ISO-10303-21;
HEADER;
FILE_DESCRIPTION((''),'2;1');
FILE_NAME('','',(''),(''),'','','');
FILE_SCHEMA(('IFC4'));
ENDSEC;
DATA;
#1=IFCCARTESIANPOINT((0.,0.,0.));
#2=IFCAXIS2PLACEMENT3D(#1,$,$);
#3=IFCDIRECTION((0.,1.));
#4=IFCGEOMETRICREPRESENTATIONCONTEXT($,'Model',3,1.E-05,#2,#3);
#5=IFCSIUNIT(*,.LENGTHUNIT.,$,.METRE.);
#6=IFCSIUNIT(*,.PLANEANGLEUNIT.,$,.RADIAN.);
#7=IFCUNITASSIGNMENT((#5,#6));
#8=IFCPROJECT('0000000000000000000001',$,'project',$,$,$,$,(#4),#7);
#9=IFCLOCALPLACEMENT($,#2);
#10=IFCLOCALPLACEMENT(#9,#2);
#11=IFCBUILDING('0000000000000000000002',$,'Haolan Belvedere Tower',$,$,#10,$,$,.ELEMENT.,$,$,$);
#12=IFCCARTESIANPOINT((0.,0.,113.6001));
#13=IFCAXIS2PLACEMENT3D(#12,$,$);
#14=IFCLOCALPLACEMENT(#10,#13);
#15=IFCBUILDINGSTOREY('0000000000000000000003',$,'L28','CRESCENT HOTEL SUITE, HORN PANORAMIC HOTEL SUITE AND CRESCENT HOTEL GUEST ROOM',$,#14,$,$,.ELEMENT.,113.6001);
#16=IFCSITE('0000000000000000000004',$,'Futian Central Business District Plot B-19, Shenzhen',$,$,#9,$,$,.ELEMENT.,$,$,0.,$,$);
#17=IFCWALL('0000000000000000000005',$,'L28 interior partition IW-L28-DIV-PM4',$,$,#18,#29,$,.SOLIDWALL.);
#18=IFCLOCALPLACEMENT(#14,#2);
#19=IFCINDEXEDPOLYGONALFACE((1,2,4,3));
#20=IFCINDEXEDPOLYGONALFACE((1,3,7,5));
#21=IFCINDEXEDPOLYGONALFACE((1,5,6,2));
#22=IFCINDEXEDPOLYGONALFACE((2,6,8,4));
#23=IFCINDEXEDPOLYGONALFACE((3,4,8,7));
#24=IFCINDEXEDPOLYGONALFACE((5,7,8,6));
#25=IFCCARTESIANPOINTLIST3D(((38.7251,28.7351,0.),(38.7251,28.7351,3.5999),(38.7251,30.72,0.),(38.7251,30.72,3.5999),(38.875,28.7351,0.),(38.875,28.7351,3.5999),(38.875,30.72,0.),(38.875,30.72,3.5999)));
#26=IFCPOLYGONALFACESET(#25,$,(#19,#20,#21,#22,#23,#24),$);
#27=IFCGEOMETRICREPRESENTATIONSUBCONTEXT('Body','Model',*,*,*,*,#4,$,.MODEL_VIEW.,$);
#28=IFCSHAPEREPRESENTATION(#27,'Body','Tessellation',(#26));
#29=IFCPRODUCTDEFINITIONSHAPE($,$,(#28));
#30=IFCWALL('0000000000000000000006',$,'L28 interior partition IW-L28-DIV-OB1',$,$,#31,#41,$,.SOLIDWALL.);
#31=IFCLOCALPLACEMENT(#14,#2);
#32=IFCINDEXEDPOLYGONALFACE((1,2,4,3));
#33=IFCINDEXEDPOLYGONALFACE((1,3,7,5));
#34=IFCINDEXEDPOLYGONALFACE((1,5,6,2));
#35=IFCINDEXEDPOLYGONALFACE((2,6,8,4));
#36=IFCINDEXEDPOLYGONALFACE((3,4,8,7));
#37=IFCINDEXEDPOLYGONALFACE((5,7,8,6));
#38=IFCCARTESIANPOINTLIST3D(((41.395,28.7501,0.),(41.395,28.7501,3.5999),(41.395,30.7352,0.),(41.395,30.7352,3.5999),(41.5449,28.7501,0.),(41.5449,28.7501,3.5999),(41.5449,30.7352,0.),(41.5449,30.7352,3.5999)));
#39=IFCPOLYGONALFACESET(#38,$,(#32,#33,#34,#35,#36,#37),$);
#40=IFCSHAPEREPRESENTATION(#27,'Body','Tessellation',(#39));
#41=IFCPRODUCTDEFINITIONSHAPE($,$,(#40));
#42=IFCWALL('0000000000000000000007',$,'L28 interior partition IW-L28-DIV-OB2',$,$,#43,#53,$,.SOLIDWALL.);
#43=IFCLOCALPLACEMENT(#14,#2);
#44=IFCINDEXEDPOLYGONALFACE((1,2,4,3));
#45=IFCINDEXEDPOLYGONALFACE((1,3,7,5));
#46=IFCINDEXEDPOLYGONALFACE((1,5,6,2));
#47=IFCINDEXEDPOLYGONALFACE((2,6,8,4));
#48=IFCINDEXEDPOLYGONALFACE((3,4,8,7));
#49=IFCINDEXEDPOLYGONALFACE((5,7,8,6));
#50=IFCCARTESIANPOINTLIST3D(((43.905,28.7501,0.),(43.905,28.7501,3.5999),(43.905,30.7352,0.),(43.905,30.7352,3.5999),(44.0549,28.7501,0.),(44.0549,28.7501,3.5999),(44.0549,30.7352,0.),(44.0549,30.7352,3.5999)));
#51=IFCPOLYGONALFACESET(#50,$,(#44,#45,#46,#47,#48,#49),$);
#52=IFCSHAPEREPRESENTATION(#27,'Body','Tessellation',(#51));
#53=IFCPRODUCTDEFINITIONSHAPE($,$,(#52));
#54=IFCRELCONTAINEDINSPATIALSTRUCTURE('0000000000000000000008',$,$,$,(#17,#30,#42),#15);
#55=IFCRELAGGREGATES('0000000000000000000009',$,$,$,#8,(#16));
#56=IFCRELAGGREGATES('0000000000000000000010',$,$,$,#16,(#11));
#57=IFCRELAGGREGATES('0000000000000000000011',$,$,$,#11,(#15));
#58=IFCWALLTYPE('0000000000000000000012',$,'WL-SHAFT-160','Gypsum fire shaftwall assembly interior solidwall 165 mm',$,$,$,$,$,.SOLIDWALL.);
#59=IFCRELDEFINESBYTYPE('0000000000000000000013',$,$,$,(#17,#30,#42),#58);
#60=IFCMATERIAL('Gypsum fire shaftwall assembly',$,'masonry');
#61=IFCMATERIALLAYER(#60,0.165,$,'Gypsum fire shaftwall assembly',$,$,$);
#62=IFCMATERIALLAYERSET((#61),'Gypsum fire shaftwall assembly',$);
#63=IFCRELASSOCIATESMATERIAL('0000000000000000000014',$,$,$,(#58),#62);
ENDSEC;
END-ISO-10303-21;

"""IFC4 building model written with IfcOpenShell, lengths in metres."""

from ifc_helpers import new_model, si_unit, direction, frame, frame_2d, origin, place, context, subcontext, project, spatial, rectangle, extrude, material, layer, layer_set, type_object, element, save


model = new_model("IFC4")

# Units and contexts
model_context = context("Model", 3, precision=1e-05, world=origin(), true_north=direction((0.0, 1.0)))
body_context = subcontext(model_context, "Body", "Model", "MODEL_VIEW")
ifc_project = project(units=[si_unit("LENGTHUNIT", "METRE"), si_unit("PLANEANGLEUNIT", "RADIAN")], contexts=[model_context])

# Site, building, storey
site_placement = place(None, origin())
site = spatial("IfcSite", under=ifc_project, at=site_placement, Name="Futian Central Business District Plot B-19, Shenzhen", CompositionType="ELEMENT", RefElevation=0.0)
building_placement = place(site_placement, origin())
building = spatial("IfcBuilding", under=site, at=building_placement, Name="Haolan Belvedere Tower", CompositionType="ELEMENT")
storey_placement = place(building_placement, frame((0.0, 0.0, 113.6001)))
storey = spatial("IfcBuildingStorey", under=building, at=storey_placement, Name="L28", Description="CRESCENT HOTEL SUITE, HORN PANORAMIC HOTEL SUITE AND CRESCENT HOTEL GUEST ROOM", CompositionType="ELEMENT", Elevation=113.6001)

# Shared definitions
ifc_material_1 = material(Name="Gypsum fire shaftwall assembly", Category="masonry")
ifc_layer_1 = layer(ifc_material_1, 0.165, Name="Gypsum fire shaftwall assembly")
ifc_layer_set_1 = layer_set([ifc_layer_1], Name="Gypsum fire shaftwall assembly")
wall_type_1 = type_object("IfcWallType", Name="WL-SHAFT-160", Description="Gypsum fire shaftwall assembly interior solidwall 165 mm", PredefinedType="SOLIDWALL", material=ifc_layer_set_1)

# Walls
for number, where, z_axis, x_axis, name in (
    (1, (38.8, 28.7351, 0.0), (0.0, 0.0, 1.0), (0.0, 1.0, 0.0), "L28 interior partition IW-L28-DIV-PM4"),
):
    element("IfcWall", number, at=place(storey_placement, frame(where, z_axis=z_axis, x_axis=x_axis)), inside=storey, type_object=wall_type_1, Name=name, PredefinedType="SOLIDWALL", context=body_context, shape_type="SweptSolid", body=[
        extrude(rectangle(XDim=1.9849, YDim=0.1499, at=frame_2d((0.9924, 0.0))), origin(), (0.0, 0.0, 1.0), 3.5999),
    ])
for number, where, z_axis, x_axis, name in (
    (2, (41.47, 28.75, 0.0), (0.0, 0.0, 1.0), (0.0, 1.0, 0.0), "L28 interior partition IW-L28-DIV-OB1"),
    (3, (43.98, 28.75, 0.0), (0.0, 0.0, 1.0), (0.0, 1.0, 0.0), "L28 interior partition IW-L28-DIV-OB2"),
):
    element("IfcWall", number, at=place(storey_placement, frame(where, z_axis=z_axis, x_axis=x_axis)), inside=storey, type_object=wall_type_1, Name=name, PredefinedType="SOLIDWALL", context=body_context, shape_type="SweptSolid", body=[
        extrude(rectangle(XDim=1.9851, YDim=0.1499, at=frame_2d((0.9927, 0.0))), origin(), (0.0, 0.0, 1.0), 3.5999),
    ])

save(model, "model.ifc")
